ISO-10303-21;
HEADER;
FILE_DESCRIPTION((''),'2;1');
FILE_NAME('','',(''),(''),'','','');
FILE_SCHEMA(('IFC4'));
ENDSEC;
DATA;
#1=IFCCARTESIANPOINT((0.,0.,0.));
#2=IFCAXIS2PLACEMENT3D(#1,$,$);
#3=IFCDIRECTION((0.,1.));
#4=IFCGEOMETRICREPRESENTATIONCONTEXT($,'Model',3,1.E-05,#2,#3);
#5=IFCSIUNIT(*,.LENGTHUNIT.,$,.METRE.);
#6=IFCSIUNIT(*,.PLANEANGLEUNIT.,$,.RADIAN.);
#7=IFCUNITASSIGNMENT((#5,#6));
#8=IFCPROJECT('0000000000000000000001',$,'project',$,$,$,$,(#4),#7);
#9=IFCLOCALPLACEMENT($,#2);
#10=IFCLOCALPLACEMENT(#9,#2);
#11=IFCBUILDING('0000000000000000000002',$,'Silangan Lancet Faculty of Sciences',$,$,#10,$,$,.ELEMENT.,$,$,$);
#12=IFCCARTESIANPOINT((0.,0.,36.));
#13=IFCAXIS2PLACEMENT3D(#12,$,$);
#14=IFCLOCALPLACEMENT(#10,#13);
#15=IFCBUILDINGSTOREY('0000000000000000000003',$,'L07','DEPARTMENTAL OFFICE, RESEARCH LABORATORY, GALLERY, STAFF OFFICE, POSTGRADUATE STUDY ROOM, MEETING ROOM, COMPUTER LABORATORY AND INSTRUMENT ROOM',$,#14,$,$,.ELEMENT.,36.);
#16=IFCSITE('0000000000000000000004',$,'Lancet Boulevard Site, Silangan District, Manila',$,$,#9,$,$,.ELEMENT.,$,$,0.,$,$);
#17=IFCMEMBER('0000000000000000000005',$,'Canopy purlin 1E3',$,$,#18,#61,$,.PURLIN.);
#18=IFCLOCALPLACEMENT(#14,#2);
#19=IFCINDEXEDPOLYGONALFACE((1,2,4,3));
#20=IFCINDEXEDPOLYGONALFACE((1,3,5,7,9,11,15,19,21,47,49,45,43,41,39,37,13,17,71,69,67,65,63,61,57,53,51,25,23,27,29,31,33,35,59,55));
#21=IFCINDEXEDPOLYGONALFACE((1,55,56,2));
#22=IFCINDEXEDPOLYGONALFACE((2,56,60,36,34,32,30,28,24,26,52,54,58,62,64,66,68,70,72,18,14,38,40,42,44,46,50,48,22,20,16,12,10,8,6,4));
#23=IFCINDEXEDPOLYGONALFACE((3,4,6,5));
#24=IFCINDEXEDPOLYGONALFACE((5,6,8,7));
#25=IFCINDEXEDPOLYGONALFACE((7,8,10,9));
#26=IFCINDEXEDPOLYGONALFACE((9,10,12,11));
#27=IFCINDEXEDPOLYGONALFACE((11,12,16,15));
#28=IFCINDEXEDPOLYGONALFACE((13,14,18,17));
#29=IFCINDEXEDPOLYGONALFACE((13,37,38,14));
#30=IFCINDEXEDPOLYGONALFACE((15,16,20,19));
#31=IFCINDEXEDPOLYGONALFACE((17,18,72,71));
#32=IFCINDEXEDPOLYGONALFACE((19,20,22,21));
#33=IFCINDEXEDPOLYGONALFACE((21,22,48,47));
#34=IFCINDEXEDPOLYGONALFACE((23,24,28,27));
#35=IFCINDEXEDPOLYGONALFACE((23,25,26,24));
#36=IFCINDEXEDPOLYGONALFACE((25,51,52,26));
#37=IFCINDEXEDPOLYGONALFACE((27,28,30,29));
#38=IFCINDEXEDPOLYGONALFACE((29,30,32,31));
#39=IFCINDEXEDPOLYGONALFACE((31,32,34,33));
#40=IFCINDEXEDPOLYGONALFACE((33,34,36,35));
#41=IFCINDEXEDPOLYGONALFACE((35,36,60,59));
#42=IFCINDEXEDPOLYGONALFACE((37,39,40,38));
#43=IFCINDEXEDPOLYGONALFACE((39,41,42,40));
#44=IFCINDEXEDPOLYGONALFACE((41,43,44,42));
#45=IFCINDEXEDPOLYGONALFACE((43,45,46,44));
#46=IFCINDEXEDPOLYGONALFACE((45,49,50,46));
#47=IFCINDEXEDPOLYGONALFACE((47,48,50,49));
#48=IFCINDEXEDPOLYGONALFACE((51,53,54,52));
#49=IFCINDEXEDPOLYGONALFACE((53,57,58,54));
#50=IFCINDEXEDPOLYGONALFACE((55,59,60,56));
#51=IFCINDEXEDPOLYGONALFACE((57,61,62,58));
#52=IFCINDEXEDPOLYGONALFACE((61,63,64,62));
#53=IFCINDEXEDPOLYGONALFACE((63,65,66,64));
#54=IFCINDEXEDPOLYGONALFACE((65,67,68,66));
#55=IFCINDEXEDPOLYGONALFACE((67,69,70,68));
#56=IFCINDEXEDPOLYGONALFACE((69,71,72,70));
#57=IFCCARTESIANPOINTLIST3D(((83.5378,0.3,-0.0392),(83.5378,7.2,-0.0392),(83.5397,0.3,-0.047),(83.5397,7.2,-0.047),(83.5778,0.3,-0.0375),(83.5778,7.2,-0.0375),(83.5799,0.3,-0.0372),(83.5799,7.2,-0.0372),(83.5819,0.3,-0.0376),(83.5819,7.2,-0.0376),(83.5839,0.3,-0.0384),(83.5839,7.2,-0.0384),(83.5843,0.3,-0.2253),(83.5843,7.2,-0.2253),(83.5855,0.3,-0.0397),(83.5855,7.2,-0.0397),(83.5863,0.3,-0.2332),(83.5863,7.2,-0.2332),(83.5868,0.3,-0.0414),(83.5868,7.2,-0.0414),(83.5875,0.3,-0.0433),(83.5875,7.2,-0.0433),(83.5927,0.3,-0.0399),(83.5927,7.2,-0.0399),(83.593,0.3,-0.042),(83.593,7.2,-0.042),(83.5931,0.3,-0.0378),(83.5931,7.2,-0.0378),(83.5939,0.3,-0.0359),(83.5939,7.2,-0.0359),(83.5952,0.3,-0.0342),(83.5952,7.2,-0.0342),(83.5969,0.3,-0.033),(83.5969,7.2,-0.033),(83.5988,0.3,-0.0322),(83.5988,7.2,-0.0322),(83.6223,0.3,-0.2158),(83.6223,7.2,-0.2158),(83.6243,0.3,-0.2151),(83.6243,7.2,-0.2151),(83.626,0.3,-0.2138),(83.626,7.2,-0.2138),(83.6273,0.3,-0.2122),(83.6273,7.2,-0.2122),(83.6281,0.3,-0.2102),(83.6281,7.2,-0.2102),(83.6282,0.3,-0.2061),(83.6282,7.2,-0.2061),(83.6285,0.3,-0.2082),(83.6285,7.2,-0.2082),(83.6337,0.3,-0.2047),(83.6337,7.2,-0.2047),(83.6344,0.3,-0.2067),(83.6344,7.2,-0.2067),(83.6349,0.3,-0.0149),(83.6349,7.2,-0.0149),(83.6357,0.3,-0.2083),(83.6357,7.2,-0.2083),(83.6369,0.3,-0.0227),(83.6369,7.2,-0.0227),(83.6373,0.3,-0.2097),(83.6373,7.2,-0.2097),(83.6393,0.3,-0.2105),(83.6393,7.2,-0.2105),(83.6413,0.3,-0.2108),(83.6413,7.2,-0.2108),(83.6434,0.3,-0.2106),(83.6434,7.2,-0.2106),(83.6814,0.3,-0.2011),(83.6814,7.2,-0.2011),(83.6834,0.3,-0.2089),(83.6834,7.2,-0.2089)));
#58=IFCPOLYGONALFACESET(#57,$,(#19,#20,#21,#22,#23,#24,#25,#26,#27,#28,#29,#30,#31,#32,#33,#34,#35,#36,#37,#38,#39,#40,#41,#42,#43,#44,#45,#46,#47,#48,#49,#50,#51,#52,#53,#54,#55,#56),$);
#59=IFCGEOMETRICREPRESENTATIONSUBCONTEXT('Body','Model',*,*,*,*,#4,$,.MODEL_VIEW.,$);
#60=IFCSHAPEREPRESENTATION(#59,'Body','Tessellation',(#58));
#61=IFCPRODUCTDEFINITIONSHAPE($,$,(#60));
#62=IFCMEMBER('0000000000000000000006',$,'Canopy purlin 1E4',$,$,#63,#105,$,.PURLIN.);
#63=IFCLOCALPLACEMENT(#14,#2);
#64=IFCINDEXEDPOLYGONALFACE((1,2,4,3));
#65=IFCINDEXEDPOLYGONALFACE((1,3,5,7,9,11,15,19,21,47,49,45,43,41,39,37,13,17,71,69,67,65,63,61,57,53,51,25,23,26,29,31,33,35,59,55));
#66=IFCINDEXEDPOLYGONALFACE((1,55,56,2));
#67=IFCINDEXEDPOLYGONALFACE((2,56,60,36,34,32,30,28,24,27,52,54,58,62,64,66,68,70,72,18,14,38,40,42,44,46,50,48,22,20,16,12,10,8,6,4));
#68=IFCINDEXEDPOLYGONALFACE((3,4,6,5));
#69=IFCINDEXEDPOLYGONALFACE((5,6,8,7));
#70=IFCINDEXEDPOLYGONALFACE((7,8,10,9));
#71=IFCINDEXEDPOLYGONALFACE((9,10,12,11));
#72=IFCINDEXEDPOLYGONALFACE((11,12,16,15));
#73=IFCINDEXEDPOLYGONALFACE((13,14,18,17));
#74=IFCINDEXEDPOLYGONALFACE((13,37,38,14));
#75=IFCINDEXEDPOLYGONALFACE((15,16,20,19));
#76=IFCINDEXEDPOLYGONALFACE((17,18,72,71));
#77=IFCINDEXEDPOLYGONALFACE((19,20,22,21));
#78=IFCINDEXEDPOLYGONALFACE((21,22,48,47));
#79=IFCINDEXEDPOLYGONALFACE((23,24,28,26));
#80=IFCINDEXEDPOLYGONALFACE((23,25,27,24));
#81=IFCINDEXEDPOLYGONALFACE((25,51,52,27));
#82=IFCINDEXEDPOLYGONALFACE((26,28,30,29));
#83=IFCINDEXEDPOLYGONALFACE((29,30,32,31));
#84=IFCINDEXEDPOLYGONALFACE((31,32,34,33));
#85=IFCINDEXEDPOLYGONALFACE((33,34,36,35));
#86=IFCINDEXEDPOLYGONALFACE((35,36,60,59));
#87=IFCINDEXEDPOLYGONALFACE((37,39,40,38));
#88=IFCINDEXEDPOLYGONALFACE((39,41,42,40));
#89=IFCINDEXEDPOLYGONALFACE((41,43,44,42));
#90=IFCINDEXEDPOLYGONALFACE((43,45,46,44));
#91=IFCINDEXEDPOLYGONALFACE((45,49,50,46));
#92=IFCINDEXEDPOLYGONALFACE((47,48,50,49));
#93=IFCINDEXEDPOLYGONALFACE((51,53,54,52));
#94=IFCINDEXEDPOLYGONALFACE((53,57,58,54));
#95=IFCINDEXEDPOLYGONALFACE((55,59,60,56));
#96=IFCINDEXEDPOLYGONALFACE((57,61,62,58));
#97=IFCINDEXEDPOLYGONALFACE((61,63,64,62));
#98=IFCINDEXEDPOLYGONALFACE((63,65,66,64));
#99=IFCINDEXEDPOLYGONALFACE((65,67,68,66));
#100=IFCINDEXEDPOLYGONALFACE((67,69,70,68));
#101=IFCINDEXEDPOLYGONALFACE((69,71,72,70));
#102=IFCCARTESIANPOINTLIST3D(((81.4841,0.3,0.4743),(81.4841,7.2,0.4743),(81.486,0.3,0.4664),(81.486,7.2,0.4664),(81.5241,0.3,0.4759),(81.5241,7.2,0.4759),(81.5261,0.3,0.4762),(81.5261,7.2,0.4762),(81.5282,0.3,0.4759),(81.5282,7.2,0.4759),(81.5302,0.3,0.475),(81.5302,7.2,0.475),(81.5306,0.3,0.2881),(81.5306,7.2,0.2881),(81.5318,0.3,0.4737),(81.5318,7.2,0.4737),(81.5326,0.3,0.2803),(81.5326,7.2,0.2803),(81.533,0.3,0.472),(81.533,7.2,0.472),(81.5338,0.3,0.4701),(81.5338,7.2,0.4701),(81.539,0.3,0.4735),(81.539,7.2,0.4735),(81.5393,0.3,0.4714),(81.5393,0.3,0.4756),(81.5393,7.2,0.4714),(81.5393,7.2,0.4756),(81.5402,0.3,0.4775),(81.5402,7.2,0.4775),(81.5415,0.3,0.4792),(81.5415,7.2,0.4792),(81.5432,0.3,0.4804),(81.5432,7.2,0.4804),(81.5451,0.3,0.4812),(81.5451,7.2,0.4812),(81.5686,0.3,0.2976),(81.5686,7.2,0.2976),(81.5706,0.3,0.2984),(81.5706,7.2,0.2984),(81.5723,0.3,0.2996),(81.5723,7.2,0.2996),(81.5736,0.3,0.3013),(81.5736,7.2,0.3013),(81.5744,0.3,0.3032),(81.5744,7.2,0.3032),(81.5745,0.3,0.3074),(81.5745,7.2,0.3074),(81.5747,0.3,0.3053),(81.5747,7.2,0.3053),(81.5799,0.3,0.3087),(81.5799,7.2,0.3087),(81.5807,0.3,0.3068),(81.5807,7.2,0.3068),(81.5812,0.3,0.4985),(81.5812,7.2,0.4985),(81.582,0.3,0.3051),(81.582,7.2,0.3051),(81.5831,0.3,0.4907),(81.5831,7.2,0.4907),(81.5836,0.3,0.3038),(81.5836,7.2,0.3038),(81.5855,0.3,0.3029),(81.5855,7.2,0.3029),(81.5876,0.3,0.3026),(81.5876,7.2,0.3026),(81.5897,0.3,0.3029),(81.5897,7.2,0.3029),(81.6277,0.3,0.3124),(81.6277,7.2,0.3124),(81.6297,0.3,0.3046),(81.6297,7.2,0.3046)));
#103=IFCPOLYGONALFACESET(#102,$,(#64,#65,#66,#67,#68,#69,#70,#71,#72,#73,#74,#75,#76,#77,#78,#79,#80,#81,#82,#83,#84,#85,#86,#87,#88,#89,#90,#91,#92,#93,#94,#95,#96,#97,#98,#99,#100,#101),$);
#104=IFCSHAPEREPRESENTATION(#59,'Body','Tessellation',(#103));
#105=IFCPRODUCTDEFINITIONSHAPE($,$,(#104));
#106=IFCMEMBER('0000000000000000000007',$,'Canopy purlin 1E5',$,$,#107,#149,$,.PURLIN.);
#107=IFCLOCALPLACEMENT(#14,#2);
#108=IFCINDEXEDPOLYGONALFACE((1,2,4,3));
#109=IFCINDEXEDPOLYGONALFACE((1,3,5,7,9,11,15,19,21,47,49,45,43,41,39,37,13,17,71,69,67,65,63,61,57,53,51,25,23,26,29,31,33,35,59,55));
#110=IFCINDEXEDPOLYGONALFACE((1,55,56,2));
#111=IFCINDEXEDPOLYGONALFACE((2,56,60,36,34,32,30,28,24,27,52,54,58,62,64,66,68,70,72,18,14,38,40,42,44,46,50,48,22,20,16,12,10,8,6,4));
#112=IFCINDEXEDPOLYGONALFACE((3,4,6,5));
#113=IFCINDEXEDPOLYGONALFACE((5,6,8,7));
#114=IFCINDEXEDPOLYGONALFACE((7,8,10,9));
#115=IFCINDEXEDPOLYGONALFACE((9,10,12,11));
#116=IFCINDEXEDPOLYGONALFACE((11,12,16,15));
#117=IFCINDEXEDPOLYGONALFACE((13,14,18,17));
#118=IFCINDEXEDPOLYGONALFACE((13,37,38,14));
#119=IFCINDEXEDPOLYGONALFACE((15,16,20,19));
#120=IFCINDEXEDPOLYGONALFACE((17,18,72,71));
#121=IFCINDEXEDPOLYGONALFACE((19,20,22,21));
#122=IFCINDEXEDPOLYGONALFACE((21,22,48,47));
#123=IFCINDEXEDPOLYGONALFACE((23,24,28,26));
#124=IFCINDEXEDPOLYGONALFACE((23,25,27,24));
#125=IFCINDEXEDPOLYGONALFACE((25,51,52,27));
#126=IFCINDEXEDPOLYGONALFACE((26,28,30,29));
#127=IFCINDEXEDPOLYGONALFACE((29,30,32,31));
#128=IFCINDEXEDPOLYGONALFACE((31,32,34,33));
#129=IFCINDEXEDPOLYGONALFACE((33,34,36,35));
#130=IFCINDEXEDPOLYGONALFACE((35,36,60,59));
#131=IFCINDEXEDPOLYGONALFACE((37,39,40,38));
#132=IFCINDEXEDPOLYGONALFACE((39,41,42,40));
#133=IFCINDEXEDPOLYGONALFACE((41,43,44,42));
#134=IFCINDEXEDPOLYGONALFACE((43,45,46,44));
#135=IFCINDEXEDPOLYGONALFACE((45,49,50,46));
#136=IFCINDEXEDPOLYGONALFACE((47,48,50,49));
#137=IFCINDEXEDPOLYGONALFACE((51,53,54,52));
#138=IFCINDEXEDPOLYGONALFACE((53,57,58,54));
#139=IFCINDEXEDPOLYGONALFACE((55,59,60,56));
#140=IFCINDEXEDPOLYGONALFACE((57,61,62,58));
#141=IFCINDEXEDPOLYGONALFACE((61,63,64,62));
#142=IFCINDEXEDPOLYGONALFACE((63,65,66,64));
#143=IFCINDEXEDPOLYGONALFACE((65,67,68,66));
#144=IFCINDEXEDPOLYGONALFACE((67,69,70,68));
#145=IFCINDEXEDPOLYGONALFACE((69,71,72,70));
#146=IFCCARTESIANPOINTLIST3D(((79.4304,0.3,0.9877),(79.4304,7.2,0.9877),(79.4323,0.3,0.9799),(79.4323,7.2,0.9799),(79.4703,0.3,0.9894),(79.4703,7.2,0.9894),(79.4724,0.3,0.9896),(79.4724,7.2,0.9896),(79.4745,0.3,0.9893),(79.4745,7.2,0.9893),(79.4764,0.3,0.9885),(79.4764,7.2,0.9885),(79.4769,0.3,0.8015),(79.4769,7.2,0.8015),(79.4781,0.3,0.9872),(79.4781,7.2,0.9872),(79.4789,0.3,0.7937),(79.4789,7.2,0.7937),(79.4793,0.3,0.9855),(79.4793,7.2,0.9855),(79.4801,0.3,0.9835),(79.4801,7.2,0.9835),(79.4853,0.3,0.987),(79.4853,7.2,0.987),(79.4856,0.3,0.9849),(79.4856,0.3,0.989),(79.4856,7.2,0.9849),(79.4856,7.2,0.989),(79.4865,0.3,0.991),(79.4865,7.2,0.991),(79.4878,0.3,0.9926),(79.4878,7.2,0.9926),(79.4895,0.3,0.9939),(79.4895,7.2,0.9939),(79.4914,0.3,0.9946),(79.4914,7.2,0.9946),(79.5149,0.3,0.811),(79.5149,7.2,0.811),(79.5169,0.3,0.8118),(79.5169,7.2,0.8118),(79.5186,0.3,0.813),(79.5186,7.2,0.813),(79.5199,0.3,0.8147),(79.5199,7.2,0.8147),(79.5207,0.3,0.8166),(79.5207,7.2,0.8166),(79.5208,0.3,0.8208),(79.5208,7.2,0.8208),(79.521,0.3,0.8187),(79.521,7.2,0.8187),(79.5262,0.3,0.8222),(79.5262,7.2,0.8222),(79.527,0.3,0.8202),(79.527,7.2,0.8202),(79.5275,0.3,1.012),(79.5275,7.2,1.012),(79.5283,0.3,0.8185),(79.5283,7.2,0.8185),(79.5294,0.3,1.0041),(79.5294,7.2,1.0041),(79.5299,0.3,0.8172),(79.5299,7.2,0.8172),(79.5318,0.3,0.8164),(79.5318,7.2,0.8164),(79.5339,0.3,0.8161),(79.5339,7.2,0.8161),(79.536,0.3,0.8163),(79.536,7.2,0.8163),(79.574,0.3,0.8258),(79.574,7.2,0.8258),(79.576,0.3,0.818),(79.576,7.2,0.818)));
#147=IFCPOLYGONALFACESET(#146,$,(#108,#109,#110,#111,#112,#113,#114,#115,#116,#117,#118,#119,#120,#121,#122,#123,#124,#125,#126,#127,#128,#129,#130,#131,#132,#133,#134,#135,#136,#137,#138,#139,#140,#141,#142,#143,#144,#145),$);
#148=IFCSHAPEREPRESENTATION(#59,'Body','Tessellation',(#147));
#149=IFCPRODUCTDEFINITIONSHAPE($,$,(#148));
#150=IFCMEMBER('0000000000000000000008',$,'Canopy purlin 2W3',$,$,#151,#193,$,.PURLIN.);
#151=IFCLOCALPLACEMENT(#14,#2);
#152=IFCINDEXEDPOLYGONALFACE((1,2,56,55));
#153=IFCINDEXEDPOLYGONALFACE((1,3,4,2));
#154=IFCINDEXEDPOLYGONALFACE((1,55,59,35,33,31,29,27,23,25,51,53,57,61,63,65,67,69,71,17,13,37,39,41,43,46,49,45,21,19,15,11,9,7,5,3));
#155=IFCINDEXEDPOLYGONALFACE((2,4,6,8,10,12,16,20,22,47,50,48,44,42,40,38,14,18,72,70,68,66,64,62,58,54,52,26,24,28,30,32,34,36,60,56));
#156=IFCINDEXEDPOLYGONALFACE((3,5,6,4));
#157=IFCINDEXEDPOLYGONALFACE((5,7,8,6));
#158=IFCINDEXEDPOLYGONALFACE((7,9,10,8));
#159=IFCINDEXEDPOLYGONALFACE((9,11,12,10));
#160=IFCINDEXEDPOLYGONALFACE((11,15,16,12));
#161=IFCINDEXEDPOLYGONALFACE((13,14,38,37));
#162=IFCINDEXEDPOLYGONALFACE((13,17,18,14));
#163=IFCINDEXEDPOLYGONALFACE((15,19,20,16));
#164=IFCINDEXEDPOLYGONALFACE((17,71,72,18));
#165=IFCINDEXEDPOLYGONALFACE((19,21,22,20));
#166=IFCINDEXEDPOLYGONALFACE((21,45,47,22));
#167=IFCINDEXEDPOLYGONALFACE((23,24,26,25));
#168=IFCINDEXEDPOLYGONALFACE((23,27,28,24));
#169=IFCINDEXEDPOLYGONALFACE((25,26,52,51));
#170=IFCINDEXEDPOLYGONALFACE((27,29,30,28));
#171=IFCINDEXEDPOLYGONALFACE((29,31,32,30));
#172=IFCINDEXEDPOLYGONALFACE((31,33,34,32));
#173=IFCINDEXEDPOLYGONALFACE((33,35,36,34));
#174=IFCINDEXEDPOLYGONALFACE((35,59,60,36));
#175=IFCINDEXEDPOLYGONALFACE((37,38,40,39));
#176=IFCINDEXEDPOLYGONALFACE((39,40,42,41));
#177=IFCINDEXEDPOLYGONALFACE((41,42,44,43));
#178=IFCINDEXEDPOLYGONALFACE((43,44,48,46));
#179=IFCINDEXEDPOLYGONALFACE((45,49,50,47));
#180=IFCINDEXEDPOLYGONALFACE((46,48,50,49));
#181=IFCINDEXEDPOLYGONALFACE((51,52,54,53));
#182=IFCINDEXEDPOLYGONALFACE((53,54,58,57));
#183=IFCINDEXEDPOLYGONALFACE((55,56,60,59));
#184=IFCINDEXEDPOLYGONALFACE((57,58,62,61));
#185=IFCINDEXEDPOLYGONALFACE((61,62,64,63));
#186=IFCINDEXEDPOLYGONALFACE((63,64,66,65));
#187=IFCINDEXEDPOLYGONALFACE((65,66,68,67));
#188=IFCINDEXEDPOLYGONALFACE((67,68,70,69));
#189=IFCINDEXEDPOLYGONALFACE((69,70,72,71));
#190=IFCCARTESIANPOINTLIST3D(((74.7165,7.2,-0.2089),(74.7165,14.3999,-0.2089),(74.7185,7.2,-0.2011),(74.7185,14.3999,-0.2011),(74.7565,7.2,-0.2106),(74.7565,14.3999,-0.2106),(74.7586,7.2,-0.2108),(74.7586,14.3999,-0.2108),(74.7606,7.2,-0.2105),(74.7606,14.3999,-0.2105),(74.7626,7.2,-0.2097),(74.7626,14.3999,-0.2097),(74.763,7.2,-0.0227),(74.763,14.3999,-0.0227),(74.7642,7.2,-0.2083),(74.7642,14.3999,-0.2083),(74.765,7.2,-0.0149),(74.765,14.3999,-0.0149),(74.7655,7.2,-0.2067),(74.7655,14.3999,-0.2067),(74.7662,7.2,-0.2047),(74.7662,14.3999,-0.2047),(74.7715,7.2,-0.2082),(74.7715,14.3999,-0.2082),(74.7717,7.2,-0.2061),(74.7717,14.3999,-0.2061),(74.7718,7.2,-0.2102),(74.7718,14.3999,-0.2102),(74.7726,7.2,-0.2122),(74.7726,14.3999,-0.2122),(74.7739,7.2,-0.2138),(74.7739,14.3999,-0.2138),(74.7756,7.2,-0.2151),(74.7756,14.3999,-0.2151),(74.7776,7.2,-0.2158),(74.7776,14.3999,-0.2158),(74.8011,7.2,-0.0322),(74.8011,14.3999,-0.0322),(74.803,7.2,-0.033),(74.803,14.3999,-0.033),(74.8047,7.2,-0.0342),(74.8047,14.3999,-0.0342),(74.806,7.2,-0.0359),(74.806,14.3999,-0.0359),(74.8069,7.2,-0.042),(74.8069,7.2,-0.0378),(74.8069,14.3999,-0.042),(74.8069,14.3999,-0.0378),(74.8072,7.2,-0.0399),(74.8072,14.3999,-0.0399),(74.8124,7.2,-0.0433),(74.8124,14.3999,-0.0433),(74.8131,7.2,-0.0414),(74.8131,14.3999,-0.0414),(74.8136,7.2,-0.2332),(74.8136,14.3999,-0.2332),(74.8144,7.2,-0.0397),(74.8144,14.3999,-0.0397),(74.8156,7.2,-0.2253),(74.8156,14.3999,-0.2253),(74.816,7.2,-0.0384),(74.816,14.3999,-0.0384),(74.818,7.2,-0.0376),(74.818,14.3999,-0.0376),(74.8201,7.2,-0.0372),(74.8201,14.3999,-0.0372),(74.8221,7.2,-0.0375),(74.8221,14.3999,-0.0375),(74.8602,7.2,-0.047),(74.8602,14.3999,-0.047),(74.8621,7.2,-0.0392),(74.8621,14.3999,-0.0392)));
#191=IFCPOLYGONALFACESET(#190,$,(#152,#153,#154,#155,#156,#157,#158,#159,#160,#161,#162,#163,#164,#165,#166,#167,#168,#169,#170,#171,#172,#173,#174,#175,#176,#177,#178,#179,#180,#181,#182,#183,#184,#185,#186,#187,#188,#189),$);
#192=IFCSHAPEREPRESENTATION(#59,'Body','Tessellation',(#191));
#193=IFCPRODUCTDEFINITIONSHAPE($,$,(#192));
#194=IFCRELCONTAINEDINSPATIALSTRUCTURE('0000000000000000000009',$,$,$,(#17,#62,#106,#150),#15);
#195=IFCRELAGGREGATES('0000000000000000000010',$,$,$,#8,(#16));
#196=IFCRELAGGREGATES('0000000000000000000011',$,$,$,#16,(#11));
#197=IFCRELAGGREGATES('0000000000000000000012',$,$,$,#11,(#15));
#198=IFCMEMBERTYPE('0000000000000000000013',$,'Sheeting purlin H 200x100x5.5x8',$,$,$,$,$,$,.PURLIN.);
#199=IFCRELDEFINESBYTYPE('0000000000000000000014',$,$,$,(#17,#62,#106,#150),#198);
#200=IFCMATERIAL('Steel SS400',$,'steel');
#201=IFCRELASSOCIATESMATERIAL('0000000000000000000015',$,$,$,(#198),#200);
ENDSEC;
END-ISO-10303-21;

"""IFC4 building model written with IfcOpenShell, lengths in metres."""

from ifc_helpers import new_model, si_unit, direction, frame, origin, origin_2d, place, context, subcontext, project, spatial, i_section, extrude, material, material_profile, profile_set, type_object, element, save


model = new_model("IFC4")

# Units and contexts
model_context = context("Model", 3, precision=1e-05, world=origin(), true_north=direction((0.0, 1.0)))
body_context = subcontext(model_context, "Body", "Model", "MODEL_VIEW")
ifc_project = project(units=[si_unit("LENGTHUNIT", "METRE"), si_unit("PLANEANGLEUNIT", "RADIAN")], contexts=[model_context])

# Site, building, storey
site_placement = place(None, origin())
site = spatial("IfcSite", under=ifc_project, at=site_placement, Name="Lancet Boulevard Site, Silangan District, Manila", CompositionType="ELEMENT", RefElevation=0.0)
building_placement = place(site_placement, origin())
building = spatial("IfcBuilding", under=site, at=building_placement, Name="Silangan Lancet Faculty of Sciences", CompositionType="ELEMENT")
storey_placement = place(building_placement, frame((0.0, 0.0, 36.0)))
storey = spatial("IfcBuildingStorey", under=building, at=storey_placement, Name="L07", Description="DEPARTMENTAL OFFICE, RESEARCH LABORATORY, GALLERY, STAFF OFFICE, POSTGRADUATE STUDY ROOM, MEETING ROOM, COMPUTER LABORATORY AND INSTRUMENT ROOM", CompositionType="ELEMENT", Elevation=36.0)

# Members
ifc_material_1 = material(Name="Steel SS400", Category="steel")
ifc_material_profile_1 = material_profile(ifc_material_1, i_section(OverallWidth=0.1001, OverallDepth=0.2, WebThickness=0.0056, FlangeThickness=0.0081, FilletRadius=0.0081, at=origin_2d()), Name="H 200x100x5.5x8")
ifc_profile_set_1 = profile_set([ifc_material_profile_1], Name="Steel SS400")
member_type_1 = type_object("IfcMemberType", Name="Sheeting purlin H 200x100x5.5x8", PredefinedType="PURLIN", material=ifc_profile_set_1)
for number, where, z_axis, x_axis, name in (
    (1, (83.6106, 0.3, -0.124), (0.0, 1.0, 0.0), (-0.970143, 0.0, -0.242536), "Canopy purlin 1E3"),
    (2, (81.5569, 0.3, 0.3894), (0.0, 1.0, 0.0), (-0.970143, 0.0, -0.242536), "Canopy purlin 1E4"),
    (3, (79.5032, 0.3, 0.9028), (0.0, 1.0, 0.0), (-0.970143, 0.0, -0.242536), "Canopy purlin 1E5"),
):
    element("IfcMember", number, at=place(storey_placement, frame(where, z_axis=z_axis, x_axis=x_axis)), inside=storey, type_object=member_type_1, Name=name, PredefinedType="PURLIN", context=body_context, shape_type="SweptSolid", body=[
        extrude(i_section(OverallWidth=0.1001, OverallDepth=0.2, WebThickness=0.0056, FlangeThickness=0.0081, FilletRadius=0.0081, at=origin_2d()), origin(), (0.0, 0.0, 1.0), 6.8999),
    ])
for number, where, z_axis, x_axis, name in (
    (4, (74.7893, 7.2, -0.124), (0.0, 1.0, 0.0), (-0.970143, 0.0, 0.242536), "Canopy purlin 2W3"),
):
    element("IfcMember", number, at=place(storey_placement, frame(where, z_axis=z_axis, x_axis=x_axis)), inside=storey, type_object=member_type_1, Name=name, PredefinedType="PURLIN", context=body_context, shape_type="SweptSolid", body=[
        extrude(i_section(OverallWidth=0.1001, OverallDepth=0.2, WebThickness=0.0056, FlangeThickness=0.0081, FilletRadius=0.0081, at=origin_2d()), origin(), (0.0, 0.0, 1.0), 7.2),
    ])

save(model, "model.ifc")
